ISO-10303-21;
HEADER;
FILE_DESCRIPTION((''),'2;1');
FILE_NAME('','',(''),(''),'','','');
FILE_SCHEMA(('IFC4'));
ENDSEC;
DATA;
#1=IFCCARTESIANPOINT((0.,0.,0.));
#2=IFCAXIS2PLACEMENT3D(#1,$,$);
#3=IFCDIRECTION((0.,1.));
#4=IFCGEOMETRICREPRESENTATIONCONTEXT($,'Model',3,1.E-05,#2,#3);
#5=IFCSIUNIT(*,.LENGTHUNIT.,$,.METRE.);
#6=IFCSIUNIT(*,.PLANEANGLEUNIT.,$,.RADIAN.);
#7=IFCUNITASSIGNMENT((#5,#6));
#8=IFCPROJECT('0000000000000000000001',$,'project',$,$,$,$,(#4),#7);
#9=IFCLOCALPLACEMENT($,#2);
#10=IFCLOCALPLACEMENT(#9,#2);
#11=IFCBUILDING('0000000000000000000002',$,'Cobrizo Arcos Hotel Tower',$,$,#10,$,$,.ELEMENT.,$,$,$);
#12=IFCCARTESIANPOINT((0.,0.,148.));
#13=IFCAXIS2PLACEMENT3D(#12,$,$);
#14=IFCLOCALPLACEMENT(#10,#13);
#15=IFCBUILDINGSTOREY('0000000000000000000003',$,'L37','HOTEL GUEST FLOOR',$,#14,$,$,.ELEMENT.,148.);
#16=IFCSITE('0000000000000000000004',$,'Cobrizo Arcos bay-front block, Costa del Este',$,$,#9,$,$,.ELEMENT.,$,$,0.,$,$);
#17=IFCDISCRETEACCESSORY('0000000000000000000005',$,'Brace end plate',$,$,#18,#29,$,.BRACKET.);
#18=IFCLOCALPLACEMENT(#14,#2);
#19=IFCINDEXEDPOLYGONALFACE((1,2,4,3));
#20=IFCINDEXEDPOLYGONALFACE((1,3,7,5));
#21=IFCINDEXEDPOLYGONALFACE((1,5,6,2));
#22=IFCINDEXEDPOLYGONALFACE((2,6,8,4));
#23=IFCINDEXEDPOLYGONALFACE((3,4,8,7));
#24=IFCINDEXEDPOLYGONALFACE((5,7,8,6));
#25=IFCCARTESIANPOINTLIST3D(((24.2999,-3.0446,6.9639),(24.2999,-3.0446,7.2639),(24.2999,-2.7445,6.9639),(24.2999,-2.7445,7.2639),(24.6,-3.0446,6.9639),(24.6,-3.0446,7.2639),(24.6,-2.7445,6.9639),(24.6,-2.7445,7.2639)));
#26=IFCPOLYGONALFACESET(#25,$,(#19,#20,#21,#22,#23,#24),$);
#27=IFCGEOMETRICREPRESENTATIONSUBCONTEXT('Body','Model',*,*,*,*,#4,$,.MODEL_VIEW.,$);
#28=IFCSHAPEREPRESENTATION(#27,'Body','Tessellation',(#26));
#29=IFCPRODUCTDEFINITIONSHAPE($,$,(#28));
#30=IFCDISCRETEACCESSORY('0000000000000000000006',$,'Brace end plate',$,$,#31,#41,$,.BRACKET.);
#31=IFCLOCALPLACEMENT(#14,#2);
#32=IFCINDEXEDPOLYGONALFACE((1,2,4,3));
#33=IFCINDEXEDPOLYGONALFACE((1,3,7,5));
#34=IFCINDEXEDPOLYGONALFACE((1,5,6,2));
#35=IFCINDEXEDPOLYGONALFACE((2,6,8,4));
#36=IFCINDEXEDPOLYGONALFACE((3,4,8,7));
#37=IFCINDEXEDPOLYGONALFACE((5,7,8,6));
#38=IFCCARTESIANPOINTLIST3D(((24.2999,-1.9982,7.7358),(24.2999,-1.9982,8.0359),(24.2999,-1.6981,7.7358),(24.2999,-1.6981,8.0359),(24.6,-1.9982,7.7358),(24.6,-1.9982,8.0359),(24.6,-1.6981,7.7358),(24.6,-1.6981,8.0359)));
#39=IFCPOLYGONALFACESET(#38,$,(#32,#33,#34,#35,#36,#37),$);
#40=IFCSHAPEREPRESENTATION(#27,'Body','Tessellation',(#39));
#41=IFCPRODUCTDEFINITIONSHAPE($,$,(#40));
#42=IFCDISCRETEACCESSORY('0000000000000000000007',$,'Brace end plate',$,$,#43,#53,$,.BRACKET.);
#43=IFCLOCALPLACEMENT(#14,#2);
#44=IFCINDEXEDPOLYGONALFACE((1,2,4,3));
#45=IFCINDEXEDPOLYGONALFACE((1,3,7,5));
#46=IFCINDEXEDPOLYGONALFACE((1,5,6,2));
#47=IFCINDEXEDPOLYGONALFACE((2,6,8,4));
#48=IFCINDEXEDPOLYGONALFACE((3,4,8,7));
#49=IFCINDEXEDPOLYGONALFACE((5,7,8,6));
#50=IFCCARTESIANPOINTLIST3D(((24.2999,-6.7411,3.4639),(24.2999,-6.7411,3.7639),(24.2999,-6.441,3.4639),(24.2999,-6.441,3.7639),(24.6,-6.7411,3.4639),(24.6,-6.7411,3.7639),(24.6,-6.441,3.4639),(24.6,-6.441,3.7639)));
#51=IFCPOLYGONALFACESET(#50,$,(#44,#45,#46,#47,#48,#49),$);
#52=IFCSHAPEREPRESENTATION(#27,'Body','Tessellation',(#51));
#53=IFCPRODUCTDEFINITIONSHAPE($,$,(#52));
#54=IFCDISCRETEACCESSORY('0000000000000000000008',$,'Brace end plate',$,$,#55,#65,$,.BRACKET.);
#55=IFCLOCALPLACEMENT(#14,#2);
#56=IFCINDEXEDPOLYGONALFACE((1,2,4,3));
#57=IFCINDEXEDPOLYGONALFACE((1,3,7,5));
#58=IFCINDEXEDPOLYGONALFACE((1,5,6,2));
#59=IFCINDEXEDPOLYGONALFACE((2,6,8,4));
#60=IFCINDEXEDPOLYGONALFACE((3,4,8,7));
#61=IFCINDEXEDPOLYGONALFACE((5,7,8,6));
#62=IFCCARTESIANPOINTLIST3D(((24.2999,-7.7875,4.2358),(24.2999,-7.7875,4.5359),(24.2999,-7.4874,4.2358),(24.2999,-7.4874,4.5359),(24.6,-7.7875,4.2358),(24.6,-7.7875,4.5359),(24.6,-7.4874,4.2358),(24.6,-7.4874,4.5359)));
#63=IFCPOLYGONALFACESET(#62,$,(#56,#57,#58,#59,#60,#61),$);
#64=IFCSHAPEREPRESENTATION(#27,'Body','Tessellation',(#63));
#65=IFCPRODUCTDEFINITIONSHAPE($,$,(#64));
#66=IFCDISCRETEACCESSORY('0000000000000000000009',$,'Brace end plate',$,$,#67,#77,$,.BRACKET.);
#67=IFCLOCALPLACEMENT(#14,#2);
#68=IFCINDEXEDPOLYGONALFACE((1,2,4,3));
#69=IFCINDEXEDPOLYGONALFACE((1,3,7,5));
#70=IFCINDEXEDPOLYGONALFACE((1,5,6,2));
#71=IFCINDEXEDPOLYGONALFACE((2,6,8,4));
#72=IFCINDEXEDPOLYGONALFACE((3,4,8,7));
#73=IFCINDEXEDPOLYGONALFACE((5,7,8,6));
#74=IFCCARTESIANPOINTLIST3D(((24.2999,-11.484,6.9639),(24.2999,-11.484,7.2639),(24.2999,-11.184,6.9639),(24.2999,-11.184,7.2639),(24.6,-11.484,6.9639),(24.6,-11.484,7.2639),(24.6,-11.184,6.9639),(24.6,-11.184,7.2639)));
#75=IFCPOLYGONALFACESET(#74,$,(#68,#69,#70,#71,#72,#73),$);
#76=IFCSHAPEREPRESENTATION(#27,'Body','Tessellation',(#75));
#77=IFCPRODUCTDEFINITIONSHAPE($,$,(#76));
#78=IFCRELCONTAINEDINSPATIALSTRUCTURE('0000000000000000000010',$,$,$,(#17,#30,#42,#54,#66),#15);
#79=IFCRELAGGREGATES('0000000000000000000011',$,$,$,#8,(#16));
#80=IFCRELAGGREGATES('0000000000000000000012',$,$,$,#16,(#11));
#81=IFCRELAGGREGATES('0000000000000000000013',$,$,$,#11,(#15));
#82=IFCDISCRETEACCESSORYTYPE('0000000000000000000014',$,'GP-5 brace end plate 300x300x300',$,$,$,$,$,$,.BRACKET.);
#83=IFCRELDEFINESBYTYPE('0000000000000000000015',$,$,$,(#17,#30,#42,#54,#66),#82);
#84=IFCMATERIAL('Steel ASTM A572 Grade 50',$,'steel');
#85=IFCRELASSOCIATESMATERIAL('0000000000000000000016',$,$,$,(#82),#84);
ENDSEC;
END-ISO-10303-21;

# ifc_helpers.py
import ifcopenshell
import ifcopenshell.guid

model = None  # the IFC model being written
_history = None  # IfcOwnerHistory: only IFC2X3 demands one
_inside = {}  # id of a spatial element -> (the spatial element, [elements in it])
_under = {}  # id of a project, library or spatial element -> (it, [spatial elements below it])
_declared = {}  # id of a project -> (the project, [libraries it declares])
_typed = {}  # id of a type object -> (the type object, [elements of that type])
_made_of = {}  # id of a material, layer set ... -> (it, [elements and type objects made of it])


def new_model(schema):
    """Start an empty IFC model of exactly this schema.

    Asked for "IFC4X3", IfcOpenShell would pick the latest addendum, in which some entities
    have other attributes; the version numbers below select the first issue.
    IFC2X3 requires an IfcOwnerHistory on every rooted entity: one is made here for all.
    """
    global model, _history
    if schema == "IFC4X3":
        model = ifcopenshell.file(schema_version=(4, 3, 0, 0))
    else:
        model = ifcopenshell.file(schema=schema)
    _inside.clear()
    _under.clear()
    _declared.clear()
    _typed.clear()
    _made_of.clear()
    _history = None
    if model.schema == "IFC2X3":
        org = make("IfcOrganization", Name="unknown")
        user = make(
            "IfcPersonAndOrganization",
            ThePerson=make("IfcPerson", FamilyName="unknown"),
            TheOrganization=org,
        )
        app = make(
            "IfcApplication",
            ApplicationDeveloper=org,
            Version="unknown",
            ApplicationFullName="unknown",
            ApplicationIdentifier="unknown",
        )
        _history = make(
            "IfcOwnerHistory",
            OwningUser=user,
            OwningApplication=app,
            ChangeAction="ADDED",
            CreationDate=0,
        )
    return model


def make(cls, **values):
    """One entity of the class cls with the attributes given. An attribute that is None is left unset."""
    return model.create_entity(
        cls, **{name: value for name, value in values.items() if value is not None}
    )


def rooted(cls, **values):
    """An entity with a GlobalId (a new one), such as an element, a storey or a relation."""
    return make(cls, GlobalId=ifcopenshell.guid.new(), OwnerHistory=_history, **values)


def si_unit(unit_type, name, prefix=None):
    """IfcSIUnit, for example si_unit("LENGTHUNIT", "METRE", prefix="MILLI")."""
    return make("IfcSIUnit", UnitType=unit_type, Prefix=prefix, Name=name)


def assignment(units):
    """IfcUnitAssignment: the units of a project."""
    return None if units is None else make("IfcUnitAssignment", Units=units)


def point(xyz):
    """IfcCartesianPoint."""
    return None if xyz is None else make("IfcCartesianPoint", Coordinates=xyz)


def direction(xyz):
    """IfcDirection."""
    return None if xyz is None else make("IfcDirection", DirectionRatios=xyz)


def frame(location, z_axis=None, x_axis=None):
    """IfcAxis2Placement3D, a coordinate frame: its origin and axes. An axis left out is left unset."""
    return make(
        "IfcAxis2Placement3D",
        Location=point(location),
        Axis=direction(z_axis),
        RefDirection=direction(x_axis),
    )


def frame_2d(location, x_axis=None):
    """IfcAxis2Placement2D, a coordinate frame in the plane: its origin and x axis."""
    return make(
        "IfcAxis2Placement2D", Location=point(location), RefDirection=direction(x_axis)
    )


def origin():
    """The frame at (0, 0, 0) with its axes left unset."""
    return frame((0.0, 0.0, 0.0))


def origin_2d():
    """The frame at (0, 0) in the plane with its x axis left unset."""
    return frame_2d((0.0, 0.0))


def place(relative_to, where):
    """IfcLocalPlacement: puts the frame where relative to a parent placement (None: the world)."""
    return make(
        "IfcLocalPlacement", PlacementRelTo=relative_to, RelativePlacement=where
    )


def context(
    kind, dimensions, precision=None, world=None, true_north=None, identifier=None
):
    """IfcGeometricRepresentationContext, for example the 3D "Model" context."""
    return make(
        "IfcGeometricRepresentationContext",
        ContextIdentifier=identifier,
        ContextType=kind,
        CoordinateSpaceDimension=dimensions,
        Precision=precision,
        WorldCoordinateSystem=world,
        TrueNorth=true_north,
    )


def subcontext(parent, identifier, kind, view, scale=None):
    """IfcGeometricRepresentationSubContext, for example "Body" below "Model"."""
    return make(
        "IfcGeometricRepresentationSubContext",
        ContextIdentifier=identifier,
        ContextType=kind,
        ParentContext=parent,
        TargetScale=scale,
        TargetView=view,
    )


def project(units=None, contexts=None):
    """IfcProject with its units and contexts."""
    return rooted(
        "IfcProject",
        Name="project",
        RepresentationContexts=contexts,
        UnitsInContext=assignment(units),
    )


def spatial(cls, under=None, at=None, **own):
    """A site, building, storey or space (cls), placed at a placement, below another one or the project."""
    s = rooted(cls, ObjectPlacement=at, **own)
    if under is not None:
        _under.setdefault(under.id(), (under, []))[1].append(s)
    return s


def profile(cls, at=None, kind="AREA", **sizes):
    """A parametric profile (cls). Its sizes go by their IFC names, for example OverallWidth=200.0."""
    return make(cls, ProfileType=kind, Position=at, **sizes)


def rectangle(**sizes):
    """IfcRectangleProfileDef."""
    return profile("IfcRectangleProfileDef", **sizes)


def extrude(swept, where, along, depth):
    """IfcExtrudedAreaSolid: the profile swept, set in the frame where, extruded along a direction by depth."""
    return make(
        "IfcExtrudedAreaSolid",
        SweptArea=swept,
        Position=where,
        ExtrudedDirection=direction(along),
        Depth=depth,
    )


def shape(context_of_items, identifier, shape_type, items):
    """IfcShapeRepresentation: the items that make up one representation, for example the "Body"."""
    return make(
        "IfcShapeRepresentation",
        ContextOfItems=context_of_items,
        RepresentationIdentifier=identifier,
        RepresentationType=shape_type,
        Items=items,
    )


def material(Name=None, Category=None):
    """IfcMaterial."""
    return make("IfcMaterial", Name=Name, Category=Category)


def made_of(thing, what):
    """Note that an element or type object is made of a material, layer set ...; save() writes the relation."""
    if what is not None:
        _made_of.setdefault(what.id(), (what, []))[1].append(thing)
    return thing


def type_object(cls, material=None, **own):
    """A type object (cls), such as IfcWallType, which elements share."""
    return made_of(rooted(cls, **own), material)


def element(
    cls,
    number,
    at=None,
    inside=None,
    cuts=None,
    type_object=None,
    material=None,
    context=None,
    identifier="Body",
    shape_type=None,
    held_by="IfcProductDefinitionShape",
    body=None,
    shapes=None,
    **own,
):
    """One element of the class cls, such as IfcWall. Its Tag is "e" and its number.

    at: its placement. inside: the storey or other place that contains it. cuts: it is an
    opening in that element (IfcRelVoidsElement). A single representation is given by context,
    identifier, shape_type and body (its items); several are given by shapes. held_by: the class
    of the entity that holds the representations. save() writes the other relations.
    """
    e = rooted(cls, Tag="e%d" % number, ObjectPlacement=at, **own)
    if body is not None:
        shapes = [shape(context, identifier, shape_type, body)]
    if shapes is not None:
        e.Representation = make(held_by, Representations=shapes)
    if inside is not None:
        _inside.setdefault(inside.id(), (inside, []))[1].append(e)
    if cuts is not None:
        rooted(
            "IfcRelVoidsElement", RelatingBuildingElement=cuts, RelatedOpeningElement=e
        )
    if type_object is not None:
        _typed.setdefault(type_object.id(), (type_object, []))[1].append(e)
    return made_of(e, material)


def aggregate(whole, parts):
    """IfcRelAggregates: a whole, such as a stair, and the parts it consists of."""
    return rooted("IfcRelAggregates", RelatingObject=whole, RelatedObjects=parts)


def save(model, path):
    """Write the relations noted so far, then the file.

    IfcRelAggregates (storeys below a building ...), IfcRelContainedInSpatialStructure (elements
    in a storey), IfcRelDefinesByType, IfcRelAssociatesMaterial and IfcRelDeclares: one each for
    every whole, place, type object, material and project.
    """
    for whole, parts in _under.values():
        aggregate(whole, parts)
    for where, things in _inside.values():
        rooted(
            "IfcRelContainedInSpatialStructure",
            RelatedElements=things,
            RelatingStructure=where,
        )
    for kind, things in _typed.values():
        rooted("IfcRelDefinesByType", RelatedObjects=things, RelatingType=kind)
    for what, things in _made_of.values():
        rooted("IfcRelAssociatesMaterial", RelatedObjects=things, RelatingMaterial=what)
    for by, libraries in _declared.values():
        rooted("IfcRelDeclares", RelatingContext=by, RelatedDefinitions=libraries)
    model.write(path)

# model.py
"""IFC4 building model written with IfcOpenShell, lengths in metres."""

from ifc_helpers import new_model, si_unit, direction, frame, origin, origin_2d, place, context, subcontext, project, spatial, rectangle, extrude, material, type_object, element, save


model = new_model("IFC4")

# Units and contexts
model_context = context("Model", 3, precision=1e-05, world=origin(), true_north=direction((0.0, 1.0)))
body_context = subcontext(model_context, "Body", "Model", "MODEL_VIEW")
ifc_project = project(units=[si_unit("LENGTHUNIT", "METRE"), si_unit("PLANEANGLEUNIT", "RADIAN")], contexts=[model_context])

# Site, building, storey
site_placement = place(None, origin())
site = spatial("IfcSite", under=ifc_project, at=site_placement, Name="Cobrizo Arcos bay-front block, Costa del Este", CompositionType="ELEMENT", RefElevation=0.0)
building_placement = place(site_placement, origin())
building = spatial("IfcBuilding", under=site, at=building_placement, Name="Cobrizo Arcos Hotel Tower", CompositionType="ELEMENT")
storey_placement = place(building_placement, frame((0.0, 0.0, 148.0)))
storey = spatial("IfcBuildingStorey", under=building, at=storey_placement, Name="L37", Description="HOTEL GUEST FLOOR", CompositionType="ELEMENT", Elevation=148.0)

# Shared definitions
ifc_material_1 = material(Name="Steel ASTM A572 Grade 50", Category="steel")

# Discrete accessories
discrete_accessory_type_1 = type_object("IfcDiscreteAccessoryType", Name="GP-5 brace end plate 300x300x300", PredefinedType="BRACKET", material=ifc_material_1)
for number, where, z_axis, x_axis, name in (
    (1, (24.45, -2.8945, 6.9639), (0.0, 0.0, 1.0), (1.0, 0.0, 0.0), "Brace end plate"),
    (2, (24.45, -1.8481, 7.7358), (0.0, 0.0, 1.0), (1.0, 0.0, 0.0), "Brace end plate"),
    (3, (24.45, -6.5911, 3.4639), (0.0, 0.0, 1.0), (1.0, 0.0, 0.0), "Brace end plate"),
    (4, (24.45, -7.6375, 4.2358), (0.0, 0.0, 1.0), (1.0, 0.0, 0.0), "Brace end plate"),
    (5, (24.45, -11.334, 6.9639), (0.0, 0.0, 1.0), (1.0, 0.0, 0.0), "Brace end plate"),
):
    element("IfcDiscreteAccessory", number, at=place(storey_placement, frame(where, z_axis=z_axis, x_axis=x_axis)), inside=storey, type_object=discrete_accessory_type_1, Name=name, PredefinedType="BRACKET", context=body_context, shape_type="SweptSolid", body=[
        extrude(rectangle(XDim=0.3, YDim=0.3, at=origin_2d()), origin(), (0.0, 0.0, 1.0), 0.3),
    ])

save(model, "model.ifc")
